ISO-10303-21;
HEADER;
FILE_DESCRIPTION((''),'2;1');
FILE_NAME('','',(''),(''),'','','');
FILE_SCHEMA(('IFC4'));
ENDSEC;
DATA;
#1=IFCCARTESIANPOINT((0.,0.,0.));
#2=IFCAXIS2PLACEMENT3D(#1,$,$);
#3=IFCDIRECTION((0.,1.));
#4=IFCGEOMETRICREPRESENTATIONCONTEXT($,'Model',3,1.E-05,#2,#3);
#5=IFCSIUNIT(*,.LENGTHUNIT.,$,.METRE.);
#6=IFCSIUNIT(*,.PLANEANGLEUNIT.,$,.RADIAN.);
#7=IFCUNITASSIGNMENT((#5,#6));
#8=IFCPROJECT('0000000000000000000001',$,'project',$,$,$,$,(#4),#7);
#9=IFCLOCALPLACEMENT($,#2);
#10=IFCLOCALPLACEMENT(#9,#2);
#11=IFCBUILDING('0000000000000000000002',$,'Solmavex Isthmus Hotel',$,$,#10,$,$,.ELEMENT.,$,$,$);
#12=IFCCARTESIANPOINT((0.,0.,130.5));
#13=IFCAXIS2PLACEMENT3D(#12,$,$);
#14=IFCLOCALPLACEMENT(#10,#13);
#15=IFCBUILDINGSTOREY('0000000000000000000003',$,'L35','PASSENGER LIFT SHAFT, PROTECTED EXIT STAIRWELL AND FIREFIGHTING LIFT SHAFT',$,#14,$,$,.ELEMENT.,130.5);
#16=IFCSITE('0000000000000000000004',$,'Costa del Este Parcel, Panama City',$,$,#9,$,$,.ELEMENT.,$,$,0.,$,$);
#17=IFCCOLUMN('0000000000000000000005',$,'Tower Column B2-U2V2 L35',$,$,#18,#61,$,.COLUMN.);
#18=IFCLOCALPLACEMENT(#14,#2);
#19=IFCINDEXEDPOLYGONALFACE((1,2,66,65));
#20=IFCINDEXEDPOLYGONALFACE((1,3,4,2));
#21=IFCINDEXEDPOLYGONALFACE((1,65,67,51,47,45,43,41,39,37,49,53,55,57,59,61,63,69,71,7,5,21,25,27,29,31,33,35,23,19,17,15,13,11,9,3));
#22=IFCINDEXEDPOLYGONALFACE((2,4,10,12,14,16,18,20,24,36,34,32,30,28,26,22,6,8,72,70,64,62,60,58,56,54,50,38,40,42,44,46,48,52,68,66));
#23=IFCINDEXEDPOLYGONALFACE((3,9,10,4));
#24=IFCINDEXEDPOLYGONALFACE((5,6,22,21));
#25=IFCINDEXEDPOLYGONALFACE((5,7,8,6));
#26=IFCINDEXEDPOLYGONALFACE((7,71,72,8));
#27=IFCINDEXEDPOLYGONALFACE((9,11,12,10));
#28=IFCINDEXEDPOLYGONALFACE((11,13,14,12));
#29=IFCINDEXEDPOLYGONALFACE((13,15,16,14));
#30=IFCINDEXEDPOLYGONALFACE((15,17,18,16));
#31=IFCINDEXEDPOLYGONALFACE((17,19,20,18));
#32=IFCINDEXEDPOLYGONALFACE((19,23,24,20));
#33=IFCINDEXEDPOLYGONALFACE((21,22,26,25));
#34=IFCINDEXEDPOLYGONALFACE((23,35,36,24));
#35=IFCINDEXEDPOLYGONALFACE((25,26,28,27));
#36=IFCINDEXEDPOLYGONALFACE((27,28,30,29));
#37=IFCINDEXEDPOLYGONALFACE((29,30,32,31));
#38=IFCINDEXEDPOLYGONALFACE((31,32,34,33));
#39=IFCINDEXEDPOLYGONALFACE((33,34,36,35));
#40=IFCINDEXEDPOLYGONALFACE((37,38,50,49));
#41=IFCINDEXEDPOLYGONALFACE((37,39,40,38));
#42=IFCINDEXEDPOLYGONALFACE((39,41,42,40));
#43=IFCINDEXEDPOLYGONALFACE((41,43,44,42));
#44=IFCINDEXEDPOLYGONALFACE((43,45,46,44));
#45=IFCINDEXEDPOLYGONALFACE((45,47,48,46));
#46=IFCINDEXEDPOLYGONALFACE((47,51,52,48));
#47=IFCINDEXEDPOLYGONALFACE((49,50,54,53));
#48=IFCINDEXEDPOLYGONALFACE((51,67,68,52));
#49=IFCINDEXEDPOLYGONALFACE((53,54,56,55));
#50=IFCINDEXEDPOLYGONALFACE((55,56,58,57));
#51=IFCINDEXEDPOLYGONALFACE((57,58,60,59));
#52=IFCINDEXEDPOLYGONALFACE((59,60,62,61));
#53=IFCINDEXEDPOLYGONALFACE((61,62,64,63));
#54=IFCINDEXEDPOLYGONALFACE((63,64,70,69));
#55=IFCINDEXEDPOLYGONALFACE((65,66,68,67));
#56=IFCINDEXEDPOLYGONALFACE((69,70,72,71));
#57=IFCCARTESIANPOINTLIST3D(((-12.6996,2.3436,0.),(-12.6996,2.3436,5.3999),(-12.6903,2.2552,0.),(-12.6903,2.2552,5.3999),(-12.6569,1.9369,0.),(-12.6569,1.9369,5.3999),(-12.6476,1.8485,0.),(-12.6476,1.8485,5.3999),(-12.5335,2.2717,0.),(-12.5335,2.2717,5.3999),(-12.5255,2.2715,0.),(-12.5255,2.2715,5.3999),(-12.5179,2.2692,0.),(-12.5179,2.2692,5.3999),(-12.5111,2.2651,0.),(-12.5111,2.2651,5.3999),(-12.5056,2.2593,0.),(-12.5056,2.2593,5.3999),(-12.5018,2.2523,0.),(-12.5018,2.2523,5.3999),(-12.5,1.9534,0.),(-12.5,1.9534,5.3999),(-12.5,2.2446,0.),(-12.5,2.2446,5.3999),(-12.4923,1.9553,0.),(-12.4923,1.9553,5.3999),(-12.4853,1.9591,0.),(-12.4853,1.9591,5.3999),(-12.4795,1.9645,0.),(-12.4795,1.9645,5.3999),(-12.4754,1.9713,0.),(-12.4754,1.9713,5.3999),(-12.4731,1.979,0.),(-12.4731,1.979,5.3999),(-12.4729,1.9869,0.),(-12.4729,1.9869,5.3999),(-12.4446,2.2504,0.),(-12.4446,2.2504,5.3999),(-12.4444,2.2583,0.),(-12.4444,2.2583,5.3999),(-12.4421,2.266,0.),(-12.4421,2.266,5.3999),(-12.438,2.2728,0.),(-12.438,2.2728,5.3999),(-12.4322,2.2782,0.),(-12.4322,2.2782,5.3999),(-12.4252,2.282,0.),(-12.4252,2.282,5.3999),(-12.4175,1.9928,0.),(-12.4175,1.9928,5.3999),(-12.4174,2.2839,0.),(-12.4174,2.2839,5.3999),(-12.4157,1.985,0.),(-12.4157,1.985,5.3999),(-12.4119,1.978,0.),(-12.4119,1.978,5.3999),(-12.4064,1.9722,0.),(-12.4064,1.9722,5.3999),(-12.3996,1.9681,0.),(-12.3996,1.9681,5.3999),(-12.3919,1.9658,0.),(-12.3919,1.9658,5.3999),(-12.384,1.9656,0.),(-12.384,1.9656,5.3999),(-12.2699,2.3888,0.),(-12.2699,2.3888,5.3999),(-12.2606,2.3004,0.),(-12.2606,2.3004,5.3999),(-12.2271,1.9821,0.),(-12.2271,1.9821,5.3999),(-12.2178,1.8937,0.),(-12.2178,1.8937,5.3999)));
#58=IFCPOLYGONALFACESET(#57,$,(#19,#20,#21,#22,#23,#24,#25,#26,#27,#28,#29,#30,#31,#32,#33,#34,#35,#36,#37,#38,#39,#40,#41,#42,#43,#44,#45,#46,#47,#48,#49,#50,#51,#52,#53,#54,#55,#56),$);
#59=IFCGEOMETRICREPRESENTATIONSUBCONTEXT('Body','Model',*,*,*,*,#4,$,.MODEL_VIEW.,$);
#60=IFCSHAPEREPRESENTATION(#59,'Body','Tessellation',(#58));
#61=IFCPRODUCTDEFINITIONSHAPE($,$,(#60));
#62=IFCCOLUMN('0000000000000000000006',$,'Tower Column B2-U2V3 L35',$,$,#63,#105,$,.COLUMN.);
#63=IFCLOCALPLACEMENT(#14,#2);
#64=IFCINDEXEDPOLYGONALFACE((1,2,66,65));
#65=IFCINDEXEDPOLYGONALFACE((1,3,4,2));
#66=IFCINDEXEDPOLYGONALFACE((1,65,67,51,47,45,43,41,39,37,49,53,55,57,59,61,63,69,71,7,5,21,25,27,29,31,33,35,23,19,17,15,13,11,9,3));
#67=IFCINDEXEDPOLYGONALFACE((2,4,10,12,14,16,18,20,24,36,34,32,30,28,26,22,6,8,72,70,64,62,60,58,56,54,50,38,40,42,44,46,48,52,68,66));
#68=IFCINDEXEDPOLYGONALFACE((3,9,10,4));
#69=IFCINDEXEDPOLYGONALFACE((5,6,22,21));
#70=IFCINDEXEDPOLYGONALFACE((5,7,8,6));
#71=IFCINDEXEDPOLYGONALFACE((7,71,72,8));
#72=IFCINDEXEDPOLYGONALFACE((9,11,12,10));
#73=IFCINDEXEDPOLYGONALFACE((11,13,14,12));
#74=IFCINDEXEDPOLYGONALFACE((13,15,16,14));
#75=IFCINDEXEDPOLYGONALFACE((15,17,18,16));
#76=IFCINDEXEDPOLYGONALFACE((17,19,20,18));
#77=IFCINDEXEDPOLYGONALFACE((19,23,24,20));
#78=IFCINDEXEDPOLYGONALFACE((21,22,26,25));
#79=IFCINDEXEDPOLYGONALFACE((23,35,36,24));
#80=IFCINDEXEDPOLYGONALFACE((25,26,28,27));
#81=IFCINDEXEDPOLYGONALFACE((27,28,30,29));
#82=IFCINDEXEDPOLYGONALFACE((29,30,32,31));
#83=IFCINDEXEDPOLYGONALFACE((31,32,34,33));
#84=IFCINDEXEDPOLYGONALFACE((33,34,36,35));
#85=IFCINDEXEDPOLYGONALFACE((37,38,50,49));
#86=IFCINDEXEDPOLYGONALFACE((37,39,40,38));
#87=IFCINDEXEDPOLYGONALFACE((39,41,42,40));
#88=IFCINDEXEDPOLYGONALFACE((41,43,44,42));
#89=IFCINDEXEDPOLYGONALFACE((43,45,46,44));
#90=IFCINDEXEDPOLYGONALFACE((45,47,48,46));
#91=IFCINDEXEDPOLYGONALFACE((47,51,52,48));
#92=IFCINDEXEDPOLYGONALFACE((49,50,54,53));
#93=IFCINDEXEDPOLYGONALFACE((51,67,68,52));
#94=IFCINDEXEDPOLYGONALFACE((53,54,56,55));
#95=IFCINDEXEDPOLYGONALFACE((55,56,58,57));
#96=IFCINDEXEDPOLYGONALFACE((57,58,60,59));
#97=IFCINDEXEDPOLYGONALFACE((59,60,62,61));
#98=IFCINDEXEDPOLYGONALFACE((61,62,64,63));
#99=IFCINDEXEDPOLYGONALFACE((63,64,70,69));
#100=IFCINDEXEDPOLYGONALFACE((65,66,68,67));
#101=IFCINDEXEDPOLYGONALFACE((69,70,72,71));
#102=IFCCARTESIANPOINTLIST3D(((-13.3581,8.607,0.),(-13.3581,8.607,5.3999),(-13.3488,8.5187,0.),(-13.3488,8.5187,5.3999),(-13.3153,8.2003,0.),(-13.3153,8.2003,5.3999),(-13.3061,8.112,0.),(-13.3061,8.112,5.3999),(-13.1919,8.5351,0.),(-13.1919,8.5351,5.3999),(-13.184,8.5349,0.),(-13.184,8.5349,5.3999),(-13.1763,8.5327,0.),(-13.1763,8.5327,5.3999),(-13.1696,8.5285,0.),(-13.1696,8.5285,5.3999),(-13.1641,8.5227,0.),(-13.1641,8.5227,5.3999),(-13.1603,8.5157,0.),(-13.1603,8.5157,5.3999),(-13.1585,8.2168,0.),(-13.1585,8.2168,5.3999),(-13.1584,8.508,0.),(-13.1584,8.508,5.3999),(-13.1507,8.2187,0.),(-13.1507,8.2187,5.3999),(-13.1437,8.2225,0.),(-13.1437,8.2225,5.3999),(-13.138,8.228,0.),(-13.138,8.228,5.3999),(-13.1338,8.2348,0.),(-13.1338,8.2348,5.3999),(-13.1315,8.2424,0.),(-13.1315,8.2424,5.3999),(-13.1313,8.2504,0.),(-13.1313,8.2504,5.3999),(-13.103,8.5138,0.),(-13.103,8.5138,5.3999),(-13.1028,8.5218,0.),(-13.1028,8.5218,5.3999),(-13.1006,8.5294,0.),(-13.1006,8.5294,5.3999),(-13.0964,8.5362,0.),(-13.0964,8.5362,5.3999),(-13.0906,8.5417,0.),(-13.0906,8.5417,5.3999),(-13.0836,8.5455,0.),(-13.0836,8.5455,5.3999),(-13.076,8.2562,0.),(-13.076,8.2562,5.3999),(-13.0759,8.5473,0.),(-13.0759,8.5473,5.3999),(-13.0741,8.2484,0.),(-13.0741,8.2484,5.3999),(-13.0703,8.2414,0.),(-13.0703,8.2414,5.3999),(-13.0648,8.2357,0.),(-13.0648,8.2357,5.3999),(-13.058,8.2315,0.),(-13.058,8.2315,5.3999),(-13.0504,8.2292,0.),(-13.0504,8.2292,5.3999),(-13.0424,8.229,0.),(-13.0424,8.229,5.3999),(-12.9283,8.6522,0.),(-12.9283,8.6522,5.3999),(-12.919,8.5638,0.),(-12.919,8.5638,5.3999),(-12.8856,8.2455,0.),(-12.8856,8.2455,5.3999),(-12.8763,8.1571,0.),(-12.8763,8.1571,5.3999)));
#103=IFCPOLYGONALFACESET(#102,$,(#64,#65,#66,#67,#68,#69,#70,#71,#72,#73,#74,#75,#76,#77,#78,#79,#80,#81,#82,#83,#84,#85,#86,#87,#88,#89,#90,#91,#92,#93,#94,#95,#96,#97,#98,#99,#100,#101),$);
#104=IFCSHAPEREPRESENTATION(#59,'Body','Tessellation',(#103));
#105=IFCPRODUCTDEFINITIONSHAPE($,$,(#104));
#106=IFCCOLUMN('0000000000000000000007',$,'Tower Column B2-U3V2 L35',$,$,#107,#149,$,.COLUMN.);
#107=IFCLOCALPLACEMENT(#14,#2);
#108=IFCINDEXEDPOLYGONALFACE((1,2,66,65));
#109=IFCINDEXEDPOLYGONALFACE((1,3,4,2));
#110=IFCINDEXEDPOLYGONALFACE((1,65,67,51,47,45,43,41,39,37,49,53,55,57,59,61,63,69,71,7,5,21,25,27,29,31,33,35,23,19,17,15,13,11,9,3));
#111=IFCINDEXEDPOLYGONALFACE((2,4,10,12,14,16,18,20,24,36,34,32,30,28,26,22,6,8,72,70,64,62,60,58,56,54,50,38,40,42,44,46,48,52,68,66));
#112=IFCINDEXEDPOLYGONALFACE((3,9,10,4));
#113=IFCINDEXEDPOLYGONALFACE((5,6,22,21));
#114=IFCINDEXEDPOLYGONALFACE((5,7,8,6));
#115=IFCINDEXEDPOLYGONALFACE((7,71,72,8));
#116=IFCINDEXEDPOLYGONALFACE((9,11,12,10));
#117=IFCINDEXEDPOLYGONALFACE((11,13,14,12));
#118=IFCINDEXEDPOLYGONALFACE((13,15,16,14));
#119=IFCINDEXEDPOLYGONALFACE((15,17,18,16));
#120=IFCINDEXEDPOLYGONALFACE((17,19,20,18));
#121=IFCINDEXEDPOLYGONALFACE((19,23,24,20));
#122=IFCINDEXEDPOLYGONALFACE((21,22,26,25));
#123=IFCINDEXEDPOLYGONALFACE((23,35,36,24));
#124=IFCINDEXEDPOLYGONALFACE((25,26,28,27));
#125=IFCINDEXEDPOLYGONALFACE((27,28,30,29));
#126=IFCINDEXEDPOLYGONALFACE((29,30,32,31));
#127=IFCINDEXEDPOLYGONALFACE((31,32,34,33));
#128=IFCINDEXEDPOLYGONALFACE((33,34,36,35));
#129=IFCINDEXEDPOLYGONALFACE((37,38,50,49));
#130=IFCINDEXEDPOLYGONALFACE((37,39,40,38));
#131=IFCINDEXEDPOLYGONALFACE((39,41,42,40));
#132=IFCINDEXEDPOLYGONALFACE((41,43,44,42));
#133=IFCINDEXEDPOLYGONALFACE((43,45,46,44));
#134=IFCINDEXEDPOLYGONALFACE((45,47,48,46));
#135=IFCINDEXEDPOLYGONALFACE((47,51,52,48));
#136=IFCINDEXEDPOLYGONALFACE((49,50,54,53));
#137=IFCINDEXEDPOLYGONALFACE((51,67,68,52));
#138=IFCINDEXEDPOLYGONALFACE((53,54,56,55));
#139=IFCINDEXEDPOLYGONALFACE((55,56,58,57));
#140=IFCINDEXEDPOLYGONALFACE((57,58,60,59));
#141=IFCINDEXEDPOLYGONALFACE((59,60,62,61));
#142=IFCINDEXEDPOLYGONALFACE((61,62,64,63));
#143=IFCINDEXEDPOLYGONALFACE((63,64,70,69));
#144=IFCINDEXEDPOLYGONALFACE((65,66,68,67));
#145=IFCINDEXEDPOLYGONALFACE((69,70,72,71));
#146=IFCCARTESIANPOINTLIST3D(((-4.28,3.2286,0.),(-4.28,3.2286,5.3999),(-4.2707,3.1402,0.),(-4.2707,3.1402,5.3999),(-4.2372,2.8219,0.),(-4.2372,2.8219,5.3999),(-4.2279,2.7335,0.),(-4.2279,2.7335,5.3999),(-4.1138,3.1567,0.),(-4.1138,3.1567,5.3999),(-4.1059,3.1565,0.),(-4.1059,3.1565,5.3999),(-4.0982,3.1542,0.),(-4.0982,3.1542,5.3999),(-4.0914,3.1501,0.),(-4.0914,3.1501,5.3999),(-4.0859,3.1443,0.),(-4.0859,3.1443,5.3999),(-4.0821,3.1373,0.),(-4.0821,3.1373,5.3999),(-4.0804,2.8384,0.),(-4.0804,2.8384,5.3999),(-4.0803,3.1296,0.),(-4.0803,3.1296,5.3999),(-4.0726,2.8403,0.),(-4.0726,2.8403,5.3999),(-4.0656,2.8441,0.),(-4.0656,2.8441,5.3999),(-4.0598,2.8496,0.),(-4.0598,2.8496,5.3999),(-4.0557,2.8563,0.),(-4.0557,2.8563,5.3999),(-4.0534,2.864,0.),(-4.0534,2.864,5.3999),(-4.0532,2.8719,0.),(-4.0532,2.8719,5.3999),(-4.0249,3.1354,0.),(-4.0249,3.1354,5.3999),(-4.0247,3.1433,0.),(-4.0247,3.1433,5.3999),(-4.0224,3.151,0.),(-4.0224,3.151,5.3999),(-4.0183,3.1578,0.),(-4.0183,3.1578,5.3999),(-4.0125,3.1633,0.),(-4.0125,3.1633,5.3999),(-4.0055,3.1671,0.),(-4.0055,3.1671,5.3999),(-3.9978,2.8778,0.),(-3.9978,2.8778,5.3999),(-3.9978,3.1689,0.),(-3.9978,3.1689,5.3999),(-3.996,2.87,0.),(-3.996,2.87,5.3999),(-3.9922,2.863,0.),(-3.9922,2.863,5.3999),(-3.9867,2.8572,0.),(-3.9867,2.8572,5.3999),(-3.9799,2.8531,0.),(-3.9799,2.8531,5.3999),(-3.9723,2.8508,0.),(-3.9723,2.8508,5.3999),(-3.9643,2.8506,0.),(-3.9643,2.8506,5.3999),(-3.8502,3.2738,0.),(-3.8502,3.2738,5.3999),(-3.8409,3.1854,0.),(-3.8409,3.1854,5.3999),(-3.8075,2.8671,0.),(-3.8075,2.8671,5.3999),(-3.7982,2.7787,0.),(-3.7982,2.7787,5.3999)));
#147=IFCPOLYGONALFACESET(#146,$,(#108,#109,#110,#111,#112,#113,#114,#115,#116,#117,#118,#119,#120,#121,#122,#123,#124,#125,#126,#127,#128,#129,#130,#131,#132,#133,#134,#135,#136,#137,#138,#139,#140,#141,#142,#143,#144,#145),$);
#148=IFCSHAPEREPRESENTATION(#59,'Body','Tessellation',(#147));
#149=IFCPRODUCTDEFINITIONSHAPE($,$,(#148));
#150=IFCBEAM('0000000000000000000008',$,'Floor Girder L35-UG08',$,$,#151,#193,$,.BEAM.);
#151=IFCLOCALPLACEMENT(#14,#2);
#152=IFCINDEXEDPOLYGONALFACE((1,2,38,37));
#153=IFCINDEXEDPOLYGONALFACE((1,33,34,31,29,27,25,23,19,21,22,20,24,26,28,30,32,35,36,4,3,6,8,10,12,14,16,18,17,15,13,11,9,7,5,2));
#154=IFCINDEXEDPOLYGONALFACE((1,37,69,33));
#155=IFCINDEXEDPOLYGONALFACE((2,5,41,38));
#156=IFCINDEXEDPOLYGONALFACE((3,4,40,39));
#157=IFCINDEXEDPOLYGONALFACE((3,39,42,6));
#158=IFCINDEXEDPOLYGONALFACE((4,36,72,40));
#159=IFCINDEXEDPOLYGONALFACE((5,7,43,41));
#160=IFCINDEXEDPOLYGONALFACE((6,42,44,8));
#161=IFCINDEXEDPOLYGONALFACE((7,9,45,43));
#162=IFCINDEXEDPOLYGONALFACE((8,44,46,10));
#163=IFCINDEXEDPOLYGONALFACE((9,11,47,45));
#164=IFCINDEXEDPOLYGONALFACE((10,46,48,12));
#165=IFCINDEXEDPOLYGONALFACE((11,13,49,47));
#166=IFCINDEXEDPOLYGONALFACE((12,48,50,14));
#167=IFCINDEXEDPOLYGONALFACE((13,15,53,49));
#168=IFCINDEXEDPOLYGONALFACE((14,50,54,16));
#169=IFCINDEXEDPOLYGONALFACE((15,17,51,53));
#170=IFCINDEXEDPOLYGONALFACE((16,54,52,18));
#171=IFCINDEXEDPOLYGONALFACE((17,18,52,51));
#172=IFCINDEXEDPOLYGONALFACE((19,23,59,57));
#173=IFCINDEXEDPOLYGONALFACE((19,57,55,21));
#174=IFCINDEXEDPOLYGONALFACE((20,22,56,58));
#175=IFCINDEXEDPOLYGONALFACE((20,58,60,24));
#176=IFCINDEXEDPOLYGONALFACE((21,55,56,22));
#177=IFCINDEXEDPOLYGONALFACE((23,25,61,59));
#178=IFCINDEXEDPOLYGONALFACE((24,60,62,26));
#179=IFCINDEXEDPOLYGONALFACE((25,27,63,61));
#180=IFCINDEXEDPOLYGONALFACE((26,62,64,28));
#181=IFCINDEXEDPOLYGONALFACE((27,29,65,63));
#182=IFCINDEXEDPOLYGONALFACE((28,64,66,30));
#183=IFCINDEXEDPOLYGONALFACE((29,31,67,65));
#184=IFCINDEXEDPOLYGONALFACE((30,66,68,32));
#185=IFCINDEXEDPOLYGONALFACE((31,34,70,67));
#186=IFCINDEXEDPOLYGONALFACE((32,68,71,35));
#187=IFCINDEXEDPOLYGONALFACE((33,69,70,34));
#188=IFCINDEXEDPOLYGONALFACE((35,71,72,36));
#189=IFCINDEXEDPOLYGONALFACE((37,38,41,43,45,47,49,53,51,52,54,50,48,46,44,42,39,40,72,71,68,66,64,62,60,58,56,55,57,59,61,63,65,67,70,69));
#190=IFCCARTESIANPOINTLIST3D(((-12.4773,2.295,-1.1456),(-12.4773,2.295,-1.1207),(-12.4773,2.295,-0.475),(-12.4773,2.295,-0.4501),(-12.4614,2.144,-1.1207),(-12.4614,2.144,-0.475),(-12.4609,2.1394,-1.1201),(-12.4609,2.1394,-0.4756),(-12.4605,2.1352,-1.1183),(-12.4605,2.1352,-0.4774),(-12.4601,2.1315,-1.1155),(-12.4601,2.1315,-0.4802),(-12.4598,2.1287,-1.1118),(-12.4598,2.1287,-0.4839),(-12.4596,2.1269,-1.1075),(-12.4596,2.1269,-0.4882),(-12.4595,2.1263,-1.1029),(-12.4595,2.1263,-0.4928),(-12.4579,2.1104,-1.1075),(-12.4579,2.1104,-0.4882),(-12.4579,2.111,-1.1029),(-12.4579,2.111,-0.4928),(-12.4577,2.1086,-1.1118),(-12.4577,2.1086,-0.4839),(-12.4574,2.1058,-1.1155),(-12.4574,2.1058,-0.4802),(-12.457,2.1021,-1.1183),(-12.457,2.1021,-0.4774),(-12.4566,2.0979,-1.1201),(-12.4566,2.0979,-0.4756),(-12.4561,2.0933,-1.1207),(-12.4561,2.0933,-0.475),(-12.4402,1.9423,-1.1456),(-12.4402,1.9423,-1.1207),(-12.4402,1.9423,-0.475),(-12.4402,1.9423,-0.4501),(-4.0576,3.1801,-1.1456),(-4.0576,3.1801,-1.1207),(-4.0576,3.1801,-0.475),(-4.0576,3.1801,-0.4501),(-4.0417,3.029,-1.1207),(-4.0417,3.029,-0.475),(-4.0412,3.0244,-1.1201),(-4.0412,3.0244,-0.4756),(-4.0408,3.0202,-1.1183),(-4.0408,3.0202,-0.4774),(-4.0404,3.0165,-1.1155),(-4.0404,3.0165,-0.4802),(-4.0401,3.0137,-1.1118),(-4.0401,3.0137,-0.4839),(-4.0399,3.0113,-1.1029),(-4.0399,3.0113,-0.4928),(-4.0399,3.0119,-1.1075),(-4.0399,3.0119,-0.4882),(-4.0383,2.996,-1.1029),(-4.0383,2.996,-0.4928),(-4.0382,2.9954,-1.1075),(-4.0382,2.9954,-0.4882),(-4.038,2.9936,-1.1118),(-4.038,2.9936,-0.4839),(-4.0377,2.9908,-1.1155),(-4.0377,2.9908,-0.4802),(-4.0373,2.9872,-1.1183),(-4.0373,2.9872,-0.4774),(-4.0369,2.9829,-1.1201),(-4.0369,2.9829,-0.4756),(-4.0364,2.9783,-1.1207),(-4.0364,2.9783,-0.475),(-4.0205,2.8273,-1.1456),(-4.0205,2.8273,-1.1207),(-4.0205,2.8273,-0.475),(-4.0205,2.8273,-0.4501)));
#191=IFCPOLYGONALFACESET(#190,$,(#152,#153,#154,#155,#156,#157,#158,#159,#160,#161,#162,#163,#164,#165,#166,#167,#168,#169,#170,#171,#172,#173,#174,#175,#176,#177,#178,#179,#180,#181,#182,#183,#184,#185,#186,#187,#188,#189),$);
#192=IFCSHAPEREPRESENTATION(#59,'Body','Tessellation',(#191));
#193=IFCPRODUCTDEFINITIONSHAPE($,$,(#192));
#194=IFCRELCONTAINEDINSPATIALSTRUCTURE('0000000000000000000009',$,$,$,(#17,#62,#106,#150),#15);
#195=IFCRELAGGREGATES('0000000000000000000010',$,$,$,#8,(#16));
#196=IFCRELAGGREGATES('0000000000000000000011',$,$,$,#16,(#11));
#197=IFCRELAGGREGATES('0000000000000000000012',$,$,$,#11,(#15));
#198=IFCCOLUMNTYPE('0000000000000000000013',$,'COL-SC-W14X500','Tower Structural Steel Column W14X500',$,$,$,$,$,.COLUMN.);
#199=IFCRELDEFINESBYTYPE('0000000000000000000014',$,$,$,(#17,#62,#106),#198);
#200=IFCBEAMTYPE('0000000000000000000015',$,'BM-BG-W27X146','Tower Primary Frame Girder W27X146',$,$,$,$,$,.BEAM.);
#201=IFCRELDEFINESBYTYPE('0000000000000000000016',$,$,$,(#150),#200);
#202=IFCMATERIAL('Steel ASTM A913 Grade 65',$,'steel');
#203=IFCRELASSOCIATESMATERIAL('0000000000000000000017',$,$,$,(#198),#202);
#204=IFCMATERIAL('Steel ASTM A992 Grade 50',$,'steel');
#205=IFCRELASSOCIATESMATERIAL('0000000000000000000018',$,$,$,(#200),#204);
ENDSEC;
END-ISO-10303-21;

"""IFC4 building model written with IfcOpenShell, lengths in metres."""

from ifc_helpers import new_model, si_unit, direction, frame, origin, origin_2d, place, context, subcontext, project, spatial, i_section, extrude, material, material_profile, profile_set, type_object, element, save


model = new_model("IFC4")

# Units and contexts
model_context = context("Model", 3, precision=1e-05, world=origin(), true_north=direction((0.0, 1.0)))
body_context = subcontext(model_context, "Body", "Model", "MODEL_VIEW")
ifc_project = project(units=[si_unit("LENGTHUNIT", "METRE"), si_unit("PLANEANGLEUNIT", "RADIAN")], contexts=[model_context])

# Site, building, storey
site_placement = place(None, origin())
site = spatial("IfcSite", under=ifc_project, at=site_placement, Name="Costa del Este Parcel, Panama City", CompositionType="ELEMENT", RefElevation=0.0)
building_placement = place(site_placement, origin())
building = spatial("IfcBuilding", under=site, at=building_placement, Name="Solmavex Isthmus Hotel", CompositionType="ELEMENT")
storey_placement = place(building_placement, frame((0.0, 0.0, 130.5)))
storey = spatial("IfcBuildingStorey", under=building, at=storey_placement, Name="L35", Description="PASSENGER LIFT SHAFT, PROTECTED EXIT STAIRWELL AND FIREFIGHTING LIFT SHAFT", CompositionType="ELEMENT", Elevation=130.5)

# Columns
ifc_material_1 = material(Name="Steel ASTM A913 Grade 65", Category="steel")
ifc_material_profile_1 = material_profile(ifc_material_1, i_section(OverallWidth=0.4321, OverallDepth=0.4978, WebThickness=0.0557, FlangeThickness=0.0889, FilletRadius=0.0305, at=origin_2d()), Name="W14X500")
ifc_profile_set_1 = profile_set([ifc_material_profile_1], Name="Steel ASTM A913 Grade 65")
column_type = type_object("IfcColumnType", Name="COL-SC-W14X500", Description="Tower Structural Steel Column W14X500", PredefinedType="COLUMN", material=ifc_profile_set_1)
for number, where, z_axis, x_axis, name in (
    (1, (-12.4587, 2.1187, 0.0), (0.0, 0.0, 1.0), (0.994522, 0.104528, 0.0), "Tower Column B2-U2V2 L35"),
    (2, (-13.1172, 8.3821, 0.0), (0.0, 0.0, 1.0), (0.994522, 0.104528, 0.0), "Tower Column B2-U2V3 L35"),
    (3, (-4.0391, 3.0037, 0.0), (0.0, 0.0, 1.0), (0.994522, 0.104528, 0.0), "Tower Column B2-U3V2 L35"),
):
    element("IfcColumn", number, at=place(storey_placement, frame(where, z_axis=z_axis, x_axis=x_axis)), inside=storey, type_object=column_type, Name=name, PredefinedType="COLUMN", context=body_context, shape_type="SweptSolid", body=[
        extrude(i_section(OverallWidth=0.4321, OverallDepth=0.4978, WebThickness=0.0557, FlangeThickness=0.0889, FilletRadius=0.0305, at=origin_2d()), origin(), (0.0, 0.0, 1.0), 5.3999),
    ])

# Beam
ifc_material_2 = material(Name="Steel ASTM A992 Grade 50", Category="steel")
ifc_material_profile_2 = material_profile(ifc_material_2, i_section(OverallWidth=0.3547, OverallDepth=0.6956, WebThickness=0.0154, FlangeThickness=0.0249, FilletRadius=0.0178, at=origin_2d()), Name="W27X146")
ifc_profile_set_2 = profile_set([ifc_material_profile_2], Name="Steel ASTM A992 Grade 50")
beam_type_1 = type_object("IfcBeamType", Name="BM-BG-W27X146", Description="Tower Primary Frame Girder W27X146", PredefinedType="BEAM", material=ifc_profile_set_2)
beam_1_placement = place(storey_placement, frame((-12.4587, 2.1187, -0.7979), z_axis=(0.994521, 0.104536, 0.0), x_axis=(-0.104536, 0.994521, 0.0)))
element("IfcBeam", 4, at=beam_1_placement, inside=storey, type_object=beam_type_1, Name="Floor Girder L35-UG08", PredefinedType="BEAM", context=body_context, shape_type="SweptSolid", body=[
    extrude(i_section(OverallWidth=0.3547, OverallDepth=0.6956, WebThickness=0.0154, FlangeThickness=0.0249, FilletRadius=0.0178, at=origin_2d()), origin(), (0.0, 0.0, 1.0), 8.4661),
])

save(model, "model.ifc")
